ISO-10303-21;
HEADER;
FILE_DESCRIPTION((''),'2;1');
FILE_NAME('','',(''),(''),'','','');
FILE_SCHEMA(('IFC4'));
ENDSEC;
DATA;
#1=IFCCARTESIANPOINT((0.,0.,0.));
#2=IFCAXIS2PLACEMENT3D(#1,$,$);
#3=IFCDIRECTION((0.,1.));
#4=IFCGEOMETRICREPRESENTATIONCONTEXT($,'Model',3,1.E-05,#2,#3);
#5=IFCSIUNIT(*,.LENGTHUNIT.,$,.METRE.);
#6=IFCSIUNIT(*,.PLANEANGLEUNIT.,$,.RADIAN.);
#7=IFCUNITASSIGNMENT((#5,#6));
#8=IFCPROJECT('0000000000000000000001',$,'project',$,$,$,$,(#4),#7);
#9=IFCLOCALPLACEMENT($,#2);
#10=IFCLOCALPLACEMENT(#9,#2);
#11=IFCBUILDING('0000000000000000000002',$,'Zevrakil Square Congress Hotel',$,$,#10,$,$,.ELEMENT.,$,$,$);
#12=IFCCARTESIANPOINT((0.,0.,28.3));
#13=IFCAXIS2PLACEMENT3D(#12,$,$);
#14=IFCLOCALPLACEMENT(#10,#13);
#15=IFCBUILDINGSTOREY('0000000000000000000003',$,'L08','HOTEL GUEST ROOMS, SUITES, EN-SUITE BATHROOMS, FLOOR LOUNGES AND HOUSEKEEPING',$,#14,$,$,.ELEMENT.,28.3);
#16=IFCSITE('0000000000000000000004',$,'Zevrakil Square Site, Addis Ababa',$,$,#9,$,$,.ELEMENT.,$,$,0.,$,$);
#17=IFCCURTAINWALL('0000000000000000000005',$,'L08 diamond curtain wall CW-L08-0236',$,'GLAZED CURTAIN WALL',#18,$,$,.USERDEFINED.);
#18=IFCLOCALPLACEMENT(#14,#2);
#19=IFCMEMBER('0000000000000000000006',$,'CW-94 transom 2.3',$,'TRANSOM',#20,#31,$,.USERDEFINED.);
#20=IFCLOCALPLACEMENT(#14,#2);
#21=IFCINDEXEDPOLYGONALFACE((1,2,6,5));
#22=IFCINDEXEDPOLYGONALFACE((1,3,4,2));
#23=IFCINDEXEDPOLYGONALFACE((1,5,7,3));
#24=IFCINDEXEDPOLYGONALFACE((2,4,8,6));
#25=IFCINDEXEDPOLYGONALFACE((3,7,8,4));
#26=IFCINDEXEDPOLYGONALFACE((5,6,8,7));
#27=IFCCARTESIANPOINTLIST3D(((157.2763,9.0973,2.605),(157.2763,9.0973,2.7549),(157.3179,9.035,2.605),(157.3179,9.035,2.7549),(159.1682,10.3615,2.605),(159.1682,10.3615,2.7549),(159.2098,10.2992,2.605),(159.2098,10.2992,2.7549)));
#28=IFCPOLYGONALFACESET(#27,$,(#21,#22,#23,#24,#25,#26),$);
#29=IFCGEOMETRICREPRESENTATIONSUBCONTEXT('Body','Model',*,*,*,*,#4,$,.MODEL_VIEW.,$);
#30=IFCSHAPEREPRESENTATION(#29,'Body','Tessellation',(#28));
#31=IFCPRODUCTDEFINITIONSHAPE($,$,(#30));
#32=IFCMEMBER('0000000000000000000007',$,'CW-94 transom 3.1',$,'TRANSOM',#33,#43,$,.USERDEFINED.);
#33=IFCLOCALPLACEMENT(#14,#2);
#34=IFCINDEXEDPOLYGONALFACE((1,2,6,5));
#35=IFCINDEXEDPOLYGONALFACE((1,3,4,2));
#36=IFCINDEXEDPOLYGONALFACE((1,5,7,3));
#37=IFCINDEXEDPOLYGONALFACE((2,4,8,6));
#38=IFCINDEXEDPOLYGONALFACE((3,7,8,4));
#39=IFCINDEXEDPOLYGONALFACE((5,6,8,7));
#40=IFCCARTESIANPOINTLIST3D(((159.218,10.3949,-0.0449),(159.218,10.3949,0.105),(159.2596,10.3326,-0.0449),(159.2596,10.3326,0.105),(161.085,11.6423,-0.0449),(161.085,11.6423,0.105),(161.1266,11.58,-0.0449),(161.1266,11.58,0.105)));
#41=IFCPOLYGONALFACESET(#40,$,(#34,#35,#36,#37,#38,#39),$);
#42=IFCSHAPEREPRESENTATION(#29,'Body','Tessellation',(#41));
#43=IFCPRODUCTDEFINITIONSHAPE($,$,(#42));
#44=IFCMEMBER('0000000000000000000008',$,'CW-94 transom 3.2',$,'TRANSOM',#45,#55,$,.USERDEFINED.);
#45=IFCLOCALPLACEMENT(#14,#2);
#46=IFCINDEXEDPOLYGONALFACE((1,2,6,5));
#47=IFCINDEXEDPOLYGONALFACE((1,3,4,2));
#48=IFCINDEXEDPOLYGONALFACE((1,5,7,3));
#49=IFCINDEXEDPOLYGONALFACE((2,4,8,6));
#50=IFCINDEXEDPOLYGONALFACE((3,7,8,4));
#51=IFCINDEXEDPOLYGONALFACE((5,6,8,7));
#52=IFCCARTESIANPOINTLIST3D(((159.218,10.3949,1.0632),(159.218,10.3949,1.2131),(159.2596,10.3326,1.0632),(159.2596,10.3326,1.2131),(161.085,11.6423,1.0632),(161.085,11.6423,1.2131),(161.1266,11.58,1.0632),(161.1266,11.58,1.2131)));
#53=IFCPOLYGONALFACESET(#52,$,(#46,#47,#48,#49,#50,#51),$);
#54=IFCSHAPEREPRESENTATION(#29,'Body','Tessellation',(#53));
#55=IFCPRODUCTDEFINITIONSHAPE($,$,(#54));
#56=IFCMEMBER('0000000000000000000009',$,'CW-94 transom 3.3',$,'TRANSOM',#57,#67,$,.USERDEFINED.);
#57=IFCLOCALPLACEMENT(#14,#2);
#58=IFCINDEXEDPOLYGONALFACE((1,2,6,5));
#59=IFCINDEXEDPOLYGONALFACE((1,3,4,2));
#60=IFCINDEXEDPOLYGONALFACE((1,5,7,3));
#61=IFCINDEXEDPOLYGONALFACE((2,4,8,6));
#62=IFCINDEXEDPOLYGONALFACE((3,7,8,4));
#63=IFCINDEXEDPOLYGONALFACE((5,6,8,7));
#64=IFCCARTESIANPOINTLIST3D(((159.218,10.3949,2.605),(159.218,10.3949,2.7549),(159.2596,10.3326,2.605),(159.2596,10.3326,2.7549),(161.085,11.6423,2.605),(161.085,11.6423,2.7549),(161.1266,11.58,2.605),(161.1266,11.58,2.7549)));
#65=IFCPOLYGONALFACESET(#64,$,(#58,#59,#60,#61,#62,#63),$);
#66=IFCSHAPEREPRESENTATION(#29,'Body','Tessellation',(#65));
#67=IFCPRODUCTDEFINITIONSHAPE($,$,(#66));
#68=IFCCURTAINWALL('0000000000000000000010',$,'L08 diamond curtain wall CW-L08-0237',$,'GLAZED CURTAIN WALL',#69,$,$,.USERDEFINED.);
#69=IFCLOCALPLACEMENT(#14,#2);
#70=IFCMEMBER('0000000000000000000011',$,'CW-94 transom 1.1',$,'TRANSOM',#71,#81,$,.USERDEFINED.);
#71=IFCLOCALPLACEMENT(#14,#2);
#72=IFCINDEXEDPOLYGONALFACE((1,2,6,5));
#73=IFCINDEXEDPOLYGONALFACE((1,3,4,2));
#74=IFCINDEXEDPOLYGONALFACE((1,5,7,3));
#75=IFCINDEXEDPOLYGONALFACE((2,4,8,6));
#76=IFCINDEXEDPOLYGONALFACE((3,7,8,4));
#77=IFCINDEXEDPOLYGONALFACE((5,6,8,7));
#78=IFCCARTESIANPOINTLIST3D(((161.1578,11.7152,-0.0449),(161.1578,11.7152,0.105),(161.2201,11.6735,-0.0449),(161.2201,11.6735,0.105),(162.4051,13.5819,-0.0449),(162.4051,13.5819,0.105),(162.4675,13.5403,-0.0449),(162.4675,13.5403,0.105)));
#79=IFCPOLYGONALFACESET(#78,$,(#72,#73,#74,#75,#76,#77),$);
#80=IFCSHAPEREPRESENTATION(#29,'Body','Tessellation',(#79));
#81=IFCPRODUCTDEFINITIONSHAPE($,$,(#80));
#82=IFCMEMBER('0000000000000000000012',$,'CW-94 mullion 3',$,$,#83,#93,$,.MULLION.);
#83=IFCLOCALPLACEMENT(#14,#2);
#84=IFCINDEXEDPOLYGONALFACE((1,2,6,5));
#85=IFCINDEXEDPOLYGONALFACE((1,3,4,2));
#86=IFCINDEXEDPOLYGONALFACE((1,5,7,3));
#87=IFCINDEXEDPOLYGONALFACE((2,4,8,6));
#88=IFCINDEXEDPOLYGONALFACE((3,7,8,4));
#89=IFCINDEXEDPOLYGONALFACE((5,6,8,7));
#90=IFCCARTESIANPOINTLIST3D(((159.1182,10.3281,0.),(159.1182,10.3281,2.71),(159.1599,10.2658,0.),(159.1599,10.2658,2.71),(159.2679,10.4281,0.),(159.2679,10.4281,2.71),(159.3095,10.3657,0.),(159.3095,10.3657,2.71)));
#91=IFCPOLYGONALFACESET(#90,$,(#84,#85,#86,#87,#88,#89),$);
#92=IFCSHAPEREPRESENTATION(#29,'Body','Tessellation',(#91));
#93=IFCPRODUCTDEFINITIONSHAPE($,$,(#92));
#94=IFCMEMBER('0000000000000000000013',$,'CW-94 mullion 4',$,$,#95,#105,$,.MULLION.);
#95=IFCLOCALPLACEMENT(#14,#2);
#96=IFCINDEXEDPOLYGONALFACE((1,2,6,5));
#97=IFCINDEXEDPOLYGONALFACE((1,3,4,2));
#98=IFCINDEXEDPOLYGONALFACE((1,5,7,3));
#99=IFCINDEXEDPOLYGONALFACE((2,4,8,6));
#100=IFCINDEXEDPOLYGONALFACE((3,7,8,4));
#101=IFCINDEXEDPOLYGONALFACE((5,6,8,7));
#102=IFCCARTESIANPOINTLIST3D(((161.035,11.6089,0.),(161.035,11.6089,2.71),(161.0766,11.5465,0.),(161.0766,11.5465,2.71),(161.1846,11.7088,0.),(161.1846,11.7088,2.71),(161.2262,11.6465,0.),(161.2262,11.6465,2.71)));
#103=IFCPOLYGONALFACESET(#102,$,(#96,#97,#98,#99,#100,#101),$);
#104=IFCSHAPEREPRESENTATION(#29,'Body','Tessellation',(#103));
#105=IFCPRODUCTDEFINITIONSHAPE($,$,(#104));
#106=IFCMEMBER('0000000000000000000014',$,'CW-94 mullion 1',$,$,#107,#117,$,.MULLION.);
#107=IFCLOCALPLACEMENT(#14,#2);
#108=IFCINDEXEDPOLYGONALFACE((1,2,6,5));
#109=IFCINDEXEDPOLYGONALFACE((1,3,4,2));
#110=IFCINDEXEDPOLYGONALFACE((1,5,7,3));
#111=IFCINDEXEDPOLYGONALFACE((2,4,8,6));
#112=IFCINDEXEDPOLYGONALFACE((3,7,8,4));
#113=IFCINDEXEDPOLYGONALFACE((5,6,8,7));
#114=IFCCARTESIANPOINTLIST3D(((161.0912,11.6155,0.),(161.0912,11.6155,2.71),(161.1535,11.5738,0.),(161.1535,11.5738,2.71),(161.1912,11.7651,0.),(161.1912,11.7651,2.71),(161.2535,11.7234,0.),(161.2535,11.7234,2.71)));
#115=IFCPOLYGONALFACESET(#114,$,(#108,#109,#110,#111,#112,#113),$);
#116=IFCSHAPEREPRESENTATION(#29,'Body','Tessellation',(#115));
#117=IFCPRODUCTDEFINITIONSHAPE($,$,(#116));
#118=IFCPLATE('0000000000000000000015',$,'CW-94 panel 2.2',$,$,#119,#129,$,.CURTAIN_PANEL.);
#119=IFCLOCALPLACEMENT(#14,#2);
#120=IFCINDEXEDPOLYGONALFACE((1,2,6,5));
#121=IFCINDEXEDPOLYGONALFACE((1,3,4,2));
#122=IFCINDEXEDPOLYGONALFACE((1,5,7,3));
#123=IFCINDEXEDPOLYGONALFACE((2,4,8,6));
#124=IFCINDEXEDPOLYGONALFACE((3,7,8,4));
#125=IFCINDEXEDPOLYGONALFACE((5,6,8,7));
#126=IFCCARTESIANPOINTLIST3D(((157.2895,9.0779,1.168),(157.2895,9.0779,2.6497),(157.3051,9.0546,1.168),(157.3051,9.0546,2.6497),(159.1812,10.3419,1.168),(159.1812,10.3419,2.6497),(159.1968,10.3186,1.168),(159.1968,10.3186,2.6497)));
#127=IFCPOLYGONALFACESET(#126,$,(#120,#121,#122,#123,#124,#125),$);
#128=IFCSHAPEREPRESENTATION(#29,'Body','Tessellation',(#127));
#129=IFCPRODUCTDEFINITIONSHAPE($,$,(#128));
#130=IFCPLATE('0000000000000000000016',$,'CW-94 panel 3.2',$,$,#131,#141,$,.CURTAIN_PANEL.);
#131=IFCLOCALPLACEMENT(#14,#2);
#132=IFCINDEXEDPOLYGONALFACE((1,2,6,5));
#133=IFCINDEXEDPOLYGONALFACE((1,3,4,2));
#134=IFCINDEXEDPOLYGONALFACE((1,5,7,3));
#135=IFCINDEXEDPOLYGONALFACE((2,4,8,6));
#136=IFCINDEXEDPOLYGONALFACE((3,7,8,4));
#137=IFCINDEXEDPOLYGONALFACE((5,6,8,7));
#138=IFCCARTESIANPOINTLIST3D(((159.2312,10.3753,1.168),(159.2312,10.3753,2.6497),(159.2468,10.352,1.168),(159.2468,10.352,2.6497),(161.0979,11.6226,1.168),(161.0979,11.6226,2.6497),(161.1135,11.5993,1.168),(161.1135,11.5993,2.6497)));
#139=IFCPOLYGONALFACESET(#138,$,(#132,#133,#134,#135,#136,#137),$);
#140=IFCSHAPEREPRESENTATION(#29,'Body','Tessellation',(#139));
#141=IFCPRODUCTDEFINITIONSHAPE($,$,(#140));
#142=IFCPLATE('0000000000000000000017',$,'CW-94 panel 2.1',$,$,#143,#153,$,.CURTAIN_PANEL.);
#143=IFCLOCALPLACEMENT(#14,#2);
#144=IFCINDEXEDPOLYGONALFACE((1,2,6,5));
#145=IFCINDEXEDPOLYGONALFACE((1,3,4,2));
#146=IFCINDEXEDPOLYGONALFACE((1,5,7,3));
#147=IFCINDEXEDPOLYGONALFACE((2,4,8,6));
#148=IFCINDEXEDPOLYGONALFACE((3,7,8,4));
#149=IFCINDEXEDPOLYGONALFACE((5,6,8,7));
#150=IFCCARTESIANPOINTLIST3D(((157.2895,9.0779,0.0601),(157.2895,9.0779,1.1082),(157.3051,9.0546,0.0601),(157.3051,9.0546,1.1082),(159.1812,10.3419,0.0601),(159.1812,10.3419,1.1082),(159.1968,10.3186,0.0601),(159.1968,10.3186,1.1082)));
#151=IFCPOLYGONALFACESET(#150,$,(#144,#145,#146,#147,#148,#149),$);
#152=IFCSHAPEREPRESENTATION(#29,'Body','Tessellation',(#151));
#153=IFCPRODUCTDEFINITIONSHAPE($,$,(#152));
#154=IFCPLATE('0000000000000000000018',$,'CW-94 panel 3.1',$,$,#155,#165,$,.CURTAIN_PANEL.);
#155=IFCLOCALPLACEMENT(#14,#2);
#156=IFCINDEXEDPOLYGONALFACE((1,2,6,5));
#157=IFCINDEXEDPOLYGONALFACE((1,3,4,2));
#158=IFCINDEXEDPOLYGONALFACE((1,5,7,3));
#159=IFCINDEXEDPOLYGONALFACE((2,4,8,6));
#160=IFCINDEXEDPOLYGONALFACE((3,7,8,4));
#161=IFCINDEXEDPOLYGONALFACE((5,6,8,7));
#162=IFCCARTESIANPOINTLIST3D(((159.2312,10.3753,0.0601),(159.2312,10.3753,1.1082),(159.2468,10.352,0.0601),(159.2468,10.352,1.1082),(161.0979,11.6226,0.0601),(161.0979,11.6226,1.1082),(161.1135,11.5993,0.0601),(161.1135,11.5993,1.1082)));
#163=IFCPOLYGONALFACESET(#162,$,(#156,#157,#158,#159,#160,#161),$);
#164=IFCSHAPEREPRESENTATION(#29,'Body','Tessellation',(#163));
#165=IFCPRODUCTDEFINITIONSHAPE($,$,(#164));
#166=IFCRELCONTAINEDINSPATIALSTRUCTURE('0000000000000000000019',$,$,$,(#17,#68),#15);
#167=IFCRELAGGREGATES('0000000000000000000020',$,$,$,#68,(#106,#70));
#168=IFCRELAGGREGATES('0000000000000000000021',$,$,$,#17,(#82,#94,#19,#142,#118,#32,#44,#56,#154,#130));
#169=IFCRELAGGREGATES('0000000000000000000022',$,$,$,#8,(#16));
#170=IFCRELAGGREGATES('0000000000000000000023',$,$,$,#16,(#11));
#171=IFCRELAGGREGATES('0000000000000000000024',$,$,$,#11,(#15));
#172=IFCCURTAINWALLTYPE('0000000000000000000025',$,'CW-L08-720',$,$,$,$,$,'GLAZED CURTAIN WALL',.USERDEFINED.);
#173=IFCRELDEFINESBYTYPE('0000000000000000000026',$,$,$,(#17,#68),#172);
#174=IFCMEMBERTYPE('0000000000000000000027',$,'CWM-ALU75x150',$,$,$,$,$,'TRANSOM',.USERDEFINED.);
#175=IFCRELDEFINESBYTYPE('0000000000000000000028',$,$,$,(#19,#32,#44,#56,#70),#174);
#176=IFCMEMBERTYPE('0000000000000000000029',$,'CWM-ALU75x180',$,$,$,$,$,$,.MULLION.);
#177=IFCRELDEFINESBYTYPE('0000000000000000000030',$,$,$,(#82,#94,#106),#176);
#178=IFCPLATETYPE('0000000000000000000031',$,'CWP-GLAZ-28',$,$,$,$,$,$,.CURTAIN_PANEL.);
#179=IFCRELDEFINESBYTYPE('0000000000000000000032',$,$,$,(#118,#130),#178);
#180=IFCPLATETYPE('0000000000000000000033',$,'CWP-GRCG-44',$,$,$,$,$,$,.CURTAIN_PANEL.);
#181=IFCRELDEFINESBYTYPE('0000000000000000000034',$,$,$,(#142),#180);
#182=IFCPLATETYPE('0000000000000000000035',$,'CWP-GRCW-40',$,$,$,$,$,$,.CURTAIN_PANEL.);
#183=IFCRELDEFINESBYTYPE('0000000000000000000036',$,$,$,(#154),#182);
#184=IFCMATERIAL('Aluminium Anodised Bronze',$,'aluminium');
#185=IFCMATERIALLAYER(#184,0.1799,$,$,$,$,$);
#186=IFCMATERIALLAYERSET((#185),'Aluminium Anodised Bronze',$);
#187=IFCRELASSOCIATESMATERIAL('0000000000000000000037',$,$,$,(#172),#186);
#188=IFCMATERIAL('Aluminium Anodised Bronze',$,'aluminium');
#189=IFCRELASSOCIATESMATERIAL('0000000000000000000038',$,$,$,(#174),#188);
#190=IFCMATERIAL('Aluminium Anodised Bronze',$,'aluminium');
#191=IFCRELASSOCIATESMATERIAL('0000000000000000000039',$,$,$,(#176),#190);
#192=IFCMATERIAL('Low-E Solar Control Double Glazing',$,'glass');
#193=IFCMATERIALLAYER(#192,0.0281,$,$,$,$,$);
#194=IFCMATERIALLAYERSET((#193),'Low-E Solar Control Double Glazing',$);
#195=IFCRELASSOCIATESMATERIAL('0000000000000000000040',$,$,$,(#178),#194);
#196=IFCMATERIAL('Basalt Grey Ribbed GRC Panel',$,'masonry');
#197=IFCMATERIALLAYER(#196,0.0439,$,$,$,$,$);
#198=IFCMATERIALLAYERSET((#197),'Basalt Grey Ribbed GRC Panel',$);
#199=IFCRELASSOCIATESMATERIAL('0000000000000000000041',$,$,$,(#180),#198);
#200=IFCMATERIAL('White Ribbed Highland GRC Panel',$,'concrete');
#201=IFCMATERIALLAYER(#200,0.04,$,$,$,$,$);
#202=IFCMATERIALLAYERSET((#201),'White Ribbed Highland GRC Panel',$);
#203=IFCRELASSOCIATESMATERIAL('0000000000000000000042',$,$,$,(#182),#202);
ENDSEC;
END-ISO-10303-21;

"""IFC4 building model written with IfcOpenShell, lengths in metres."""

from ifc_helpers import new_model, si_unit, direction, frame, origin, origin_2d, place, context, subcontext, project, spatial, rectangle, extrude, material, layer, layer_set, material_profile, profile_set, type_object, element, aggregate, save


model = new_model("IFC4")

# Units and contexts
model_context = context("Model", 3, precision=1e-05, world=origin(), true_north=direction((0.0, 1.0)))
body_context = subcontext(model_context, "Body", "Model", "MODEL_VIEW")
ifc_project = project(units=[si_unit("LENGTHUNIT", "METRE"), si_unit("PLANEANGLEUNIT", "RADIAN")], contexts=[model_context])

# Site, building, storey
site_placement = place(None, origin())
site = spatial("IfcSite", under=ifc_project, at=site_placement, Name="Zevrakil Square Site, Addis Ababa", CompositionType="ELEMENT", RefElevation=0.0)
building_placement = place(site_placement, origin())
building = spatial("IfcBuilding", under=site, at=building_placement, Name="Zevrakil Square Congress Hotel", CompositionType="ELEMENT")
storey_placement = place(building_placement, frame((0.0, 0.0, 28.3)))
storey = spatial("IfcBuildingStorey", under=building, at=storey_placement, Name="L08", Description="HOTEL GUEST ROOMS, SUITES, EN-SUITE BATHROOMS, FLOOR LOUNGES AND HOUSEKEEPING", CompositionType="ELEMENT", Elevation=28.3)

# Curtain wall, members
ifc_material_1 = material(Name="Aluminium Anodised Bronze", Category="aluminium")
ifc_layer_1 = layer(ifc_material_1, 0.1799)
ifc_layer_set_1 = layer_set([ifc_layer_1], Name="Aluminium Anodised Bronze")
curtain_wall_type = type_object("IfcCurtainWallType", Name="CW-L08-720", ElementType="GLAZED CURTAIN WALL", PredefinedType="USERDEFINED", material=ifc_layer_set_1)
curtain_wall_1_placement = place(storey_placement, origin())
curtain_wall_1 = element("IfcCurtainWall", 1, at=curtain_wall_1_placement, inside=storey, type_object=curtain_wall_type, Name="L08 diamond curtain wall CW-L08-0236", ObjectType="GLAZED CURTAIN WALL", PredefinedType="USERDEFINED")
ifc_material_2 = material(Name="Aluminium Anodised Bronze", Category="aluminium")
ifc_material_profile_1 = material_profile(ifc_material_2, rectangle(XDim=0.075, YDim=0.1499, at=origin_2d()), Name="ALU 75x150")
ifc_profile_set_1 = profile_set([ifc_material_profile_1], Name="Aluminium Anodised Bronze")
member_type_1 = type_object("IfcMemberType", Name="CWM-ALU75x150", ElementType="TRANSOM", PredefinedType="USERDEFINED", material=ifc_profile_set_1)
member_1_placement = place(storey_placement, frame((157.2971, 9.0662, 2.6799), z_axis=(0.831456, 0.555591, 0.0), x_axis=(-0.555591, 0.831456, 0.0)))
member_1 = element("IfcMember", 2, at=member_1_placement, type_object=member_type_1, Name="CW-94 transom 2.3", ObjectType="TRANSOM", PredefinedType="USERDEFINED", context=body_context, shape_type="SweptSolid", body=[
    extrude(rectangle(XDim=0.075, YDim=0.1499, at=origin_2d()), origin(), (0.0, 0.0, 1.0), 2.2754),
])
member_2_placement = place(storey_placement, frame((159.2388, 10.3638, 0.03), z_axis=(0.831498, 0.555528, 0.0), x_axis=(-0.555528, 0.831498, 0.0)))
member_2 = element("IfcMember", 3, at=member_2_placement, type_object=member_type_1, Name="CW-94 transom 3.1", ObjectType="TRANSOM", PredefinedType="USERDEFINED", context=body_context, shape_type="SweptSolid", body=[
    extrude(rectangle(XDim=0.075, YDim=0.1499, at=origin_2d()), origin(), (0.0, 0.0, 1.0), 2.2454),
])
member_3_placement = place(storey_placement, frame((159.2388, 10.3638, 1.1382), z_axis=(0.831498, 0.555528, 0.0), x_axis=(-0.555528, 0.831498, 0.0)))
member_3 = element("IfcMember", 4, at=member_3_placement, type_object=member_type_1, Name="CW-94 transom 3.2", ObjectType="TRANSOM", PredefinedType="USERDEFINED", context=body_context, shape_type="SweptSolid", body=[
    extrude(rectangle(XDim=0.075, YDim=0.1499, at=origin_2d()), origin(), (0.0, 0.0, 1.0), 2.2454),
])
member_4_placement = place(storey_placement, frame((159.2388, 10.3638, 2.6799), z_axis=(0.831498, 0.555528, 0.0), x_axis=(-0.555528, 0.831498, 0.0)))
member_4 = element("IfcMember", 5, at=member_4_placement, type_object=member_type_1, Name="CW-94 transom 3.3", ObjectType="TRANSOM", PredefinedType="USERDEFINED", context=body_context, shape_type="SweptSolid", body=[
    extrude(rectangle(XDim=0.075, YDim=0.1499, at=origin_2d()), origin(), (0.0, 0.0, 1.0), 2.2454),
])

# Curtain wall, member
curtain_wall_2_placement = place(storey_placement, origin())
curtain_wall_2 = element("IfcCurtainWall", 6, at=curtain_wall_2_placement, inside=storey, type_object=curtain_wall_type, Name="L08 diamond curtain wall CW-L08-0237", ObjectType="GLAZED CURTAIN WALL", PredefinedType="USERDEFINED")
member_5_placement = place(storey_placement, frame((161.189, 11.6943, 0.03), z_axis=(0.555578, 0.831464, 0.0), x_axis=(-0.831464, 0.555578, 0.0)))
member_5 = element("IfcMember", 7, at=member_5_placement, type_object=member_type_1, Name="CW-94 transom 1.1", ObjectType="TRANSOM", PredefinedType="USERDEFINED", context=body_context, shape_type="SweptSolid", body=[
    extrude(rectangle(XDim=0.075, YDim=0.1499, at=origin_2d()), origin(), (0.0, 0.0, 1.0), 2.2451),
])

# Members
ifc_material_3 = material(Name="Aluminium Anodised Bronze", Category="aluminium")
ifc_material_profile_2 = material_profile(ifc_material_3, rectangle(XDim=0.075, YDim=0.1799, at=origin_2d()), Name="ALU 75x180")
ifc_profile_set_2 = profile_set([ifc_material_profile_2], Name="Aluminium Anodised Bronze")
member_type_2 = type_object("IfcMemberType", Name="CWM-ALU75x180", PredefinedType="MULLION", material=ifc_profile_set_2)
member_6_placement = place(storey_placement, frame((159.2139, 10.3469, 0.0), z_axis=(0.0, 0.0, 1.0), x_axis=(-0.555576, 0.831466, 0.0)))
member_6 = element("IfcMember", 8, at=member_6_placement, type_object=member_type_2, Name="CW-94 mullion 3", PredefinedType="MULLION", context=body_context, shape_type="SweptSolid", body=[
    extrude(rectangle(XDim=0.075, YDim=0.1799, at=origin_2d()), origin(), (0.0, 0.0, 1.0), 2.71),
])
member_7_placement = place(storey_placement, frame((161.1306, 11.6277, 0.0), z_axis=(0.0, 0.0, 1.0), x_axis=(-0.555576, 0.831466, 0.0)))
member_7 = element("IfcMember", 9, at=member_7_placement, type_object=member_type_2, Name="CW-94 mullion 4", PredefinedType="MULLION", context=body_context, shape_type="SweptSolid", body=[
    extrude(rectangle(XDim=0.075, YDim=0.1799, at=origin_2d()), origin(), (0.0, 0.0, 1.0), 2.71),
])
member_8_placement = place(storey_placement, frame((161.1724, 11.6694, 0.0), z_axis=(0.0, 0.0, 1.0), x_axis=(-0.831466, 0.555576, 0.0)))
member_8 = element("IfcMember", 10, at=member_8_placement, type_object=member_type_2, Name="CW-94 mullion 1", PredefinedType="MULLION", context=body_context, shape_type="SweptSolid", body=[
    extrude(rectangle(XDim=0.075, YDim=0.1799, at=origin_2d()), origin(), (0.0, 0.0, 1.0), 2.71),
])
aggregate(curtain_wall_2, [member_8, member_5])

# Plates
ifc_material_4 = material(Name="Low-E Solar Control Double Glazing", Category="glass")
ifc_layer_2 = layer(ifc_material_4, 0.0281)
ifc_layer_set_2 = layer_set([ifc_layer_2], Name="Low-E Solar Control Double Glazing")
plate_type_1 = type_object("IfcPlateType", Name="CWP-GLAZ-28", PredefinedType="CURTAIN_PANEL", material=ifc_layer_set_2)
plate_1_placement = place(storey_placement, frame((158.2432, 9.6982, 1.168), z_axis=(0.0, 0.0, 1.0), x_axis=(0.831466, 0.555576, 0.0)))
plate_1 = element("IfcPlate", 11, at=plate_1_placement, type_object=plate_type_1, Name="CW-94 panel 2.2", PredefinedType="CURTAIN_PANEL", context=body_context, shape_type="SweptSolid", body=[
    extrude(rectangle(XDim=2.2751, YDim=0.0281, at=origin_2d()), origin(), (0.0, 0.0, 1.0), 1.4817),
])
plate_2_placement = place(storey_placement, frame((160.1724, 10.9873, 1.168), z_axis=(0.0, 0.0, 1.0), x_axis=(0.831466, 0.555576, 0.0)))
plate_2 = element("IfcPlate", 12, at=plate_2_placement, type_object=plate_type_1, Name="CW-94 panel 3.2", PredefinedType="CURTAIN_PANEL", context=body_context, shape_type="SweptSolid", body=[
    extrude(rectangle(XDim=2.2451, YDim=0.0281, at=origin_2d()), origin(), (0.0, 0.0, 1.0), 1.4817),
])
ifc_material_5 = material(Name="Basalt Grey Ribbed GRC Panel", Category="masonry")
ifc_layer_3 = layer(ifc_material_5, 0.0439)
ifc_layer_set_3 = layer_set([ifc_layer_3], Name="Basalt Grey Ribbed GRC Panel")
plate_type_2 = type_object("IfcPlateType", Name="CWP-GRCG-44", PredefinedType="CURTAIN_PANEL", material=ifc_layer_set_3)
plate_3_placement = place(storey_placement, frame((158.2432, 9.6982, 0.0601), z_axis=(0.0, 0.0, 1.0), x_axis=(0.831466, 0.555576, 0.0)))
plate_3 = element("IfcPlate", 13, at=plate_3_placement, type_object=plate_type_2, Name="CW-94 panel 2.1", PredefinedType="CURTAIN_PANEL", context=body_context, shape_type="SweptSolid", body=[
    extrude(rectangle(XDim=2.2751, YDim=0.0281, at=origin_2d()), origin(), (0.0, 0.0, 1.0), 1.0481),
])
ifc_material_6 = material(Name="White Ribbed Highland GRC Panel", Category="concrete")
ifc_layer_4 = layer(ifc_material_6, 0.04)
ifc_layer_set_4 = layer_set([ifc_layer_4], Name="White Ribbed Highland GRC Panel")
plate_type_3 = type_object("IfcPlateType", Name="CWP-GRCW-40", PredefinedType="CURTAIN_PANEL", material=ifc_layer_set_4)
plate_4_placement = place(storey_placement, frame((160.1724, 10.9873, 0.0601), z_axis=(0.0, 0.0, 1.0), x_axis=(0.831466, 0.555576, 0.0)))
plate_4 = element("IfcPlate", 14, at=plate_4_placement, type_object=plate_type_3, Name="CW-94 panel 3.1", PredefinedType="CURTAIN_PANEL", context=body_context, shape_type="SweptSolid", body=[
    extrude(rectangle(XDim=2.2451, YDim=0.0281, at=origin_2d()), origin(), (0.0, 0.0, 1.0), 1.0481),
])
aggregate(curtain_wall_1, [member_6, member_7, member_1, plate_3, plate_1, member_2, member_3, member_4, plate_4, plate_2])

save(model, "model.ifc")
